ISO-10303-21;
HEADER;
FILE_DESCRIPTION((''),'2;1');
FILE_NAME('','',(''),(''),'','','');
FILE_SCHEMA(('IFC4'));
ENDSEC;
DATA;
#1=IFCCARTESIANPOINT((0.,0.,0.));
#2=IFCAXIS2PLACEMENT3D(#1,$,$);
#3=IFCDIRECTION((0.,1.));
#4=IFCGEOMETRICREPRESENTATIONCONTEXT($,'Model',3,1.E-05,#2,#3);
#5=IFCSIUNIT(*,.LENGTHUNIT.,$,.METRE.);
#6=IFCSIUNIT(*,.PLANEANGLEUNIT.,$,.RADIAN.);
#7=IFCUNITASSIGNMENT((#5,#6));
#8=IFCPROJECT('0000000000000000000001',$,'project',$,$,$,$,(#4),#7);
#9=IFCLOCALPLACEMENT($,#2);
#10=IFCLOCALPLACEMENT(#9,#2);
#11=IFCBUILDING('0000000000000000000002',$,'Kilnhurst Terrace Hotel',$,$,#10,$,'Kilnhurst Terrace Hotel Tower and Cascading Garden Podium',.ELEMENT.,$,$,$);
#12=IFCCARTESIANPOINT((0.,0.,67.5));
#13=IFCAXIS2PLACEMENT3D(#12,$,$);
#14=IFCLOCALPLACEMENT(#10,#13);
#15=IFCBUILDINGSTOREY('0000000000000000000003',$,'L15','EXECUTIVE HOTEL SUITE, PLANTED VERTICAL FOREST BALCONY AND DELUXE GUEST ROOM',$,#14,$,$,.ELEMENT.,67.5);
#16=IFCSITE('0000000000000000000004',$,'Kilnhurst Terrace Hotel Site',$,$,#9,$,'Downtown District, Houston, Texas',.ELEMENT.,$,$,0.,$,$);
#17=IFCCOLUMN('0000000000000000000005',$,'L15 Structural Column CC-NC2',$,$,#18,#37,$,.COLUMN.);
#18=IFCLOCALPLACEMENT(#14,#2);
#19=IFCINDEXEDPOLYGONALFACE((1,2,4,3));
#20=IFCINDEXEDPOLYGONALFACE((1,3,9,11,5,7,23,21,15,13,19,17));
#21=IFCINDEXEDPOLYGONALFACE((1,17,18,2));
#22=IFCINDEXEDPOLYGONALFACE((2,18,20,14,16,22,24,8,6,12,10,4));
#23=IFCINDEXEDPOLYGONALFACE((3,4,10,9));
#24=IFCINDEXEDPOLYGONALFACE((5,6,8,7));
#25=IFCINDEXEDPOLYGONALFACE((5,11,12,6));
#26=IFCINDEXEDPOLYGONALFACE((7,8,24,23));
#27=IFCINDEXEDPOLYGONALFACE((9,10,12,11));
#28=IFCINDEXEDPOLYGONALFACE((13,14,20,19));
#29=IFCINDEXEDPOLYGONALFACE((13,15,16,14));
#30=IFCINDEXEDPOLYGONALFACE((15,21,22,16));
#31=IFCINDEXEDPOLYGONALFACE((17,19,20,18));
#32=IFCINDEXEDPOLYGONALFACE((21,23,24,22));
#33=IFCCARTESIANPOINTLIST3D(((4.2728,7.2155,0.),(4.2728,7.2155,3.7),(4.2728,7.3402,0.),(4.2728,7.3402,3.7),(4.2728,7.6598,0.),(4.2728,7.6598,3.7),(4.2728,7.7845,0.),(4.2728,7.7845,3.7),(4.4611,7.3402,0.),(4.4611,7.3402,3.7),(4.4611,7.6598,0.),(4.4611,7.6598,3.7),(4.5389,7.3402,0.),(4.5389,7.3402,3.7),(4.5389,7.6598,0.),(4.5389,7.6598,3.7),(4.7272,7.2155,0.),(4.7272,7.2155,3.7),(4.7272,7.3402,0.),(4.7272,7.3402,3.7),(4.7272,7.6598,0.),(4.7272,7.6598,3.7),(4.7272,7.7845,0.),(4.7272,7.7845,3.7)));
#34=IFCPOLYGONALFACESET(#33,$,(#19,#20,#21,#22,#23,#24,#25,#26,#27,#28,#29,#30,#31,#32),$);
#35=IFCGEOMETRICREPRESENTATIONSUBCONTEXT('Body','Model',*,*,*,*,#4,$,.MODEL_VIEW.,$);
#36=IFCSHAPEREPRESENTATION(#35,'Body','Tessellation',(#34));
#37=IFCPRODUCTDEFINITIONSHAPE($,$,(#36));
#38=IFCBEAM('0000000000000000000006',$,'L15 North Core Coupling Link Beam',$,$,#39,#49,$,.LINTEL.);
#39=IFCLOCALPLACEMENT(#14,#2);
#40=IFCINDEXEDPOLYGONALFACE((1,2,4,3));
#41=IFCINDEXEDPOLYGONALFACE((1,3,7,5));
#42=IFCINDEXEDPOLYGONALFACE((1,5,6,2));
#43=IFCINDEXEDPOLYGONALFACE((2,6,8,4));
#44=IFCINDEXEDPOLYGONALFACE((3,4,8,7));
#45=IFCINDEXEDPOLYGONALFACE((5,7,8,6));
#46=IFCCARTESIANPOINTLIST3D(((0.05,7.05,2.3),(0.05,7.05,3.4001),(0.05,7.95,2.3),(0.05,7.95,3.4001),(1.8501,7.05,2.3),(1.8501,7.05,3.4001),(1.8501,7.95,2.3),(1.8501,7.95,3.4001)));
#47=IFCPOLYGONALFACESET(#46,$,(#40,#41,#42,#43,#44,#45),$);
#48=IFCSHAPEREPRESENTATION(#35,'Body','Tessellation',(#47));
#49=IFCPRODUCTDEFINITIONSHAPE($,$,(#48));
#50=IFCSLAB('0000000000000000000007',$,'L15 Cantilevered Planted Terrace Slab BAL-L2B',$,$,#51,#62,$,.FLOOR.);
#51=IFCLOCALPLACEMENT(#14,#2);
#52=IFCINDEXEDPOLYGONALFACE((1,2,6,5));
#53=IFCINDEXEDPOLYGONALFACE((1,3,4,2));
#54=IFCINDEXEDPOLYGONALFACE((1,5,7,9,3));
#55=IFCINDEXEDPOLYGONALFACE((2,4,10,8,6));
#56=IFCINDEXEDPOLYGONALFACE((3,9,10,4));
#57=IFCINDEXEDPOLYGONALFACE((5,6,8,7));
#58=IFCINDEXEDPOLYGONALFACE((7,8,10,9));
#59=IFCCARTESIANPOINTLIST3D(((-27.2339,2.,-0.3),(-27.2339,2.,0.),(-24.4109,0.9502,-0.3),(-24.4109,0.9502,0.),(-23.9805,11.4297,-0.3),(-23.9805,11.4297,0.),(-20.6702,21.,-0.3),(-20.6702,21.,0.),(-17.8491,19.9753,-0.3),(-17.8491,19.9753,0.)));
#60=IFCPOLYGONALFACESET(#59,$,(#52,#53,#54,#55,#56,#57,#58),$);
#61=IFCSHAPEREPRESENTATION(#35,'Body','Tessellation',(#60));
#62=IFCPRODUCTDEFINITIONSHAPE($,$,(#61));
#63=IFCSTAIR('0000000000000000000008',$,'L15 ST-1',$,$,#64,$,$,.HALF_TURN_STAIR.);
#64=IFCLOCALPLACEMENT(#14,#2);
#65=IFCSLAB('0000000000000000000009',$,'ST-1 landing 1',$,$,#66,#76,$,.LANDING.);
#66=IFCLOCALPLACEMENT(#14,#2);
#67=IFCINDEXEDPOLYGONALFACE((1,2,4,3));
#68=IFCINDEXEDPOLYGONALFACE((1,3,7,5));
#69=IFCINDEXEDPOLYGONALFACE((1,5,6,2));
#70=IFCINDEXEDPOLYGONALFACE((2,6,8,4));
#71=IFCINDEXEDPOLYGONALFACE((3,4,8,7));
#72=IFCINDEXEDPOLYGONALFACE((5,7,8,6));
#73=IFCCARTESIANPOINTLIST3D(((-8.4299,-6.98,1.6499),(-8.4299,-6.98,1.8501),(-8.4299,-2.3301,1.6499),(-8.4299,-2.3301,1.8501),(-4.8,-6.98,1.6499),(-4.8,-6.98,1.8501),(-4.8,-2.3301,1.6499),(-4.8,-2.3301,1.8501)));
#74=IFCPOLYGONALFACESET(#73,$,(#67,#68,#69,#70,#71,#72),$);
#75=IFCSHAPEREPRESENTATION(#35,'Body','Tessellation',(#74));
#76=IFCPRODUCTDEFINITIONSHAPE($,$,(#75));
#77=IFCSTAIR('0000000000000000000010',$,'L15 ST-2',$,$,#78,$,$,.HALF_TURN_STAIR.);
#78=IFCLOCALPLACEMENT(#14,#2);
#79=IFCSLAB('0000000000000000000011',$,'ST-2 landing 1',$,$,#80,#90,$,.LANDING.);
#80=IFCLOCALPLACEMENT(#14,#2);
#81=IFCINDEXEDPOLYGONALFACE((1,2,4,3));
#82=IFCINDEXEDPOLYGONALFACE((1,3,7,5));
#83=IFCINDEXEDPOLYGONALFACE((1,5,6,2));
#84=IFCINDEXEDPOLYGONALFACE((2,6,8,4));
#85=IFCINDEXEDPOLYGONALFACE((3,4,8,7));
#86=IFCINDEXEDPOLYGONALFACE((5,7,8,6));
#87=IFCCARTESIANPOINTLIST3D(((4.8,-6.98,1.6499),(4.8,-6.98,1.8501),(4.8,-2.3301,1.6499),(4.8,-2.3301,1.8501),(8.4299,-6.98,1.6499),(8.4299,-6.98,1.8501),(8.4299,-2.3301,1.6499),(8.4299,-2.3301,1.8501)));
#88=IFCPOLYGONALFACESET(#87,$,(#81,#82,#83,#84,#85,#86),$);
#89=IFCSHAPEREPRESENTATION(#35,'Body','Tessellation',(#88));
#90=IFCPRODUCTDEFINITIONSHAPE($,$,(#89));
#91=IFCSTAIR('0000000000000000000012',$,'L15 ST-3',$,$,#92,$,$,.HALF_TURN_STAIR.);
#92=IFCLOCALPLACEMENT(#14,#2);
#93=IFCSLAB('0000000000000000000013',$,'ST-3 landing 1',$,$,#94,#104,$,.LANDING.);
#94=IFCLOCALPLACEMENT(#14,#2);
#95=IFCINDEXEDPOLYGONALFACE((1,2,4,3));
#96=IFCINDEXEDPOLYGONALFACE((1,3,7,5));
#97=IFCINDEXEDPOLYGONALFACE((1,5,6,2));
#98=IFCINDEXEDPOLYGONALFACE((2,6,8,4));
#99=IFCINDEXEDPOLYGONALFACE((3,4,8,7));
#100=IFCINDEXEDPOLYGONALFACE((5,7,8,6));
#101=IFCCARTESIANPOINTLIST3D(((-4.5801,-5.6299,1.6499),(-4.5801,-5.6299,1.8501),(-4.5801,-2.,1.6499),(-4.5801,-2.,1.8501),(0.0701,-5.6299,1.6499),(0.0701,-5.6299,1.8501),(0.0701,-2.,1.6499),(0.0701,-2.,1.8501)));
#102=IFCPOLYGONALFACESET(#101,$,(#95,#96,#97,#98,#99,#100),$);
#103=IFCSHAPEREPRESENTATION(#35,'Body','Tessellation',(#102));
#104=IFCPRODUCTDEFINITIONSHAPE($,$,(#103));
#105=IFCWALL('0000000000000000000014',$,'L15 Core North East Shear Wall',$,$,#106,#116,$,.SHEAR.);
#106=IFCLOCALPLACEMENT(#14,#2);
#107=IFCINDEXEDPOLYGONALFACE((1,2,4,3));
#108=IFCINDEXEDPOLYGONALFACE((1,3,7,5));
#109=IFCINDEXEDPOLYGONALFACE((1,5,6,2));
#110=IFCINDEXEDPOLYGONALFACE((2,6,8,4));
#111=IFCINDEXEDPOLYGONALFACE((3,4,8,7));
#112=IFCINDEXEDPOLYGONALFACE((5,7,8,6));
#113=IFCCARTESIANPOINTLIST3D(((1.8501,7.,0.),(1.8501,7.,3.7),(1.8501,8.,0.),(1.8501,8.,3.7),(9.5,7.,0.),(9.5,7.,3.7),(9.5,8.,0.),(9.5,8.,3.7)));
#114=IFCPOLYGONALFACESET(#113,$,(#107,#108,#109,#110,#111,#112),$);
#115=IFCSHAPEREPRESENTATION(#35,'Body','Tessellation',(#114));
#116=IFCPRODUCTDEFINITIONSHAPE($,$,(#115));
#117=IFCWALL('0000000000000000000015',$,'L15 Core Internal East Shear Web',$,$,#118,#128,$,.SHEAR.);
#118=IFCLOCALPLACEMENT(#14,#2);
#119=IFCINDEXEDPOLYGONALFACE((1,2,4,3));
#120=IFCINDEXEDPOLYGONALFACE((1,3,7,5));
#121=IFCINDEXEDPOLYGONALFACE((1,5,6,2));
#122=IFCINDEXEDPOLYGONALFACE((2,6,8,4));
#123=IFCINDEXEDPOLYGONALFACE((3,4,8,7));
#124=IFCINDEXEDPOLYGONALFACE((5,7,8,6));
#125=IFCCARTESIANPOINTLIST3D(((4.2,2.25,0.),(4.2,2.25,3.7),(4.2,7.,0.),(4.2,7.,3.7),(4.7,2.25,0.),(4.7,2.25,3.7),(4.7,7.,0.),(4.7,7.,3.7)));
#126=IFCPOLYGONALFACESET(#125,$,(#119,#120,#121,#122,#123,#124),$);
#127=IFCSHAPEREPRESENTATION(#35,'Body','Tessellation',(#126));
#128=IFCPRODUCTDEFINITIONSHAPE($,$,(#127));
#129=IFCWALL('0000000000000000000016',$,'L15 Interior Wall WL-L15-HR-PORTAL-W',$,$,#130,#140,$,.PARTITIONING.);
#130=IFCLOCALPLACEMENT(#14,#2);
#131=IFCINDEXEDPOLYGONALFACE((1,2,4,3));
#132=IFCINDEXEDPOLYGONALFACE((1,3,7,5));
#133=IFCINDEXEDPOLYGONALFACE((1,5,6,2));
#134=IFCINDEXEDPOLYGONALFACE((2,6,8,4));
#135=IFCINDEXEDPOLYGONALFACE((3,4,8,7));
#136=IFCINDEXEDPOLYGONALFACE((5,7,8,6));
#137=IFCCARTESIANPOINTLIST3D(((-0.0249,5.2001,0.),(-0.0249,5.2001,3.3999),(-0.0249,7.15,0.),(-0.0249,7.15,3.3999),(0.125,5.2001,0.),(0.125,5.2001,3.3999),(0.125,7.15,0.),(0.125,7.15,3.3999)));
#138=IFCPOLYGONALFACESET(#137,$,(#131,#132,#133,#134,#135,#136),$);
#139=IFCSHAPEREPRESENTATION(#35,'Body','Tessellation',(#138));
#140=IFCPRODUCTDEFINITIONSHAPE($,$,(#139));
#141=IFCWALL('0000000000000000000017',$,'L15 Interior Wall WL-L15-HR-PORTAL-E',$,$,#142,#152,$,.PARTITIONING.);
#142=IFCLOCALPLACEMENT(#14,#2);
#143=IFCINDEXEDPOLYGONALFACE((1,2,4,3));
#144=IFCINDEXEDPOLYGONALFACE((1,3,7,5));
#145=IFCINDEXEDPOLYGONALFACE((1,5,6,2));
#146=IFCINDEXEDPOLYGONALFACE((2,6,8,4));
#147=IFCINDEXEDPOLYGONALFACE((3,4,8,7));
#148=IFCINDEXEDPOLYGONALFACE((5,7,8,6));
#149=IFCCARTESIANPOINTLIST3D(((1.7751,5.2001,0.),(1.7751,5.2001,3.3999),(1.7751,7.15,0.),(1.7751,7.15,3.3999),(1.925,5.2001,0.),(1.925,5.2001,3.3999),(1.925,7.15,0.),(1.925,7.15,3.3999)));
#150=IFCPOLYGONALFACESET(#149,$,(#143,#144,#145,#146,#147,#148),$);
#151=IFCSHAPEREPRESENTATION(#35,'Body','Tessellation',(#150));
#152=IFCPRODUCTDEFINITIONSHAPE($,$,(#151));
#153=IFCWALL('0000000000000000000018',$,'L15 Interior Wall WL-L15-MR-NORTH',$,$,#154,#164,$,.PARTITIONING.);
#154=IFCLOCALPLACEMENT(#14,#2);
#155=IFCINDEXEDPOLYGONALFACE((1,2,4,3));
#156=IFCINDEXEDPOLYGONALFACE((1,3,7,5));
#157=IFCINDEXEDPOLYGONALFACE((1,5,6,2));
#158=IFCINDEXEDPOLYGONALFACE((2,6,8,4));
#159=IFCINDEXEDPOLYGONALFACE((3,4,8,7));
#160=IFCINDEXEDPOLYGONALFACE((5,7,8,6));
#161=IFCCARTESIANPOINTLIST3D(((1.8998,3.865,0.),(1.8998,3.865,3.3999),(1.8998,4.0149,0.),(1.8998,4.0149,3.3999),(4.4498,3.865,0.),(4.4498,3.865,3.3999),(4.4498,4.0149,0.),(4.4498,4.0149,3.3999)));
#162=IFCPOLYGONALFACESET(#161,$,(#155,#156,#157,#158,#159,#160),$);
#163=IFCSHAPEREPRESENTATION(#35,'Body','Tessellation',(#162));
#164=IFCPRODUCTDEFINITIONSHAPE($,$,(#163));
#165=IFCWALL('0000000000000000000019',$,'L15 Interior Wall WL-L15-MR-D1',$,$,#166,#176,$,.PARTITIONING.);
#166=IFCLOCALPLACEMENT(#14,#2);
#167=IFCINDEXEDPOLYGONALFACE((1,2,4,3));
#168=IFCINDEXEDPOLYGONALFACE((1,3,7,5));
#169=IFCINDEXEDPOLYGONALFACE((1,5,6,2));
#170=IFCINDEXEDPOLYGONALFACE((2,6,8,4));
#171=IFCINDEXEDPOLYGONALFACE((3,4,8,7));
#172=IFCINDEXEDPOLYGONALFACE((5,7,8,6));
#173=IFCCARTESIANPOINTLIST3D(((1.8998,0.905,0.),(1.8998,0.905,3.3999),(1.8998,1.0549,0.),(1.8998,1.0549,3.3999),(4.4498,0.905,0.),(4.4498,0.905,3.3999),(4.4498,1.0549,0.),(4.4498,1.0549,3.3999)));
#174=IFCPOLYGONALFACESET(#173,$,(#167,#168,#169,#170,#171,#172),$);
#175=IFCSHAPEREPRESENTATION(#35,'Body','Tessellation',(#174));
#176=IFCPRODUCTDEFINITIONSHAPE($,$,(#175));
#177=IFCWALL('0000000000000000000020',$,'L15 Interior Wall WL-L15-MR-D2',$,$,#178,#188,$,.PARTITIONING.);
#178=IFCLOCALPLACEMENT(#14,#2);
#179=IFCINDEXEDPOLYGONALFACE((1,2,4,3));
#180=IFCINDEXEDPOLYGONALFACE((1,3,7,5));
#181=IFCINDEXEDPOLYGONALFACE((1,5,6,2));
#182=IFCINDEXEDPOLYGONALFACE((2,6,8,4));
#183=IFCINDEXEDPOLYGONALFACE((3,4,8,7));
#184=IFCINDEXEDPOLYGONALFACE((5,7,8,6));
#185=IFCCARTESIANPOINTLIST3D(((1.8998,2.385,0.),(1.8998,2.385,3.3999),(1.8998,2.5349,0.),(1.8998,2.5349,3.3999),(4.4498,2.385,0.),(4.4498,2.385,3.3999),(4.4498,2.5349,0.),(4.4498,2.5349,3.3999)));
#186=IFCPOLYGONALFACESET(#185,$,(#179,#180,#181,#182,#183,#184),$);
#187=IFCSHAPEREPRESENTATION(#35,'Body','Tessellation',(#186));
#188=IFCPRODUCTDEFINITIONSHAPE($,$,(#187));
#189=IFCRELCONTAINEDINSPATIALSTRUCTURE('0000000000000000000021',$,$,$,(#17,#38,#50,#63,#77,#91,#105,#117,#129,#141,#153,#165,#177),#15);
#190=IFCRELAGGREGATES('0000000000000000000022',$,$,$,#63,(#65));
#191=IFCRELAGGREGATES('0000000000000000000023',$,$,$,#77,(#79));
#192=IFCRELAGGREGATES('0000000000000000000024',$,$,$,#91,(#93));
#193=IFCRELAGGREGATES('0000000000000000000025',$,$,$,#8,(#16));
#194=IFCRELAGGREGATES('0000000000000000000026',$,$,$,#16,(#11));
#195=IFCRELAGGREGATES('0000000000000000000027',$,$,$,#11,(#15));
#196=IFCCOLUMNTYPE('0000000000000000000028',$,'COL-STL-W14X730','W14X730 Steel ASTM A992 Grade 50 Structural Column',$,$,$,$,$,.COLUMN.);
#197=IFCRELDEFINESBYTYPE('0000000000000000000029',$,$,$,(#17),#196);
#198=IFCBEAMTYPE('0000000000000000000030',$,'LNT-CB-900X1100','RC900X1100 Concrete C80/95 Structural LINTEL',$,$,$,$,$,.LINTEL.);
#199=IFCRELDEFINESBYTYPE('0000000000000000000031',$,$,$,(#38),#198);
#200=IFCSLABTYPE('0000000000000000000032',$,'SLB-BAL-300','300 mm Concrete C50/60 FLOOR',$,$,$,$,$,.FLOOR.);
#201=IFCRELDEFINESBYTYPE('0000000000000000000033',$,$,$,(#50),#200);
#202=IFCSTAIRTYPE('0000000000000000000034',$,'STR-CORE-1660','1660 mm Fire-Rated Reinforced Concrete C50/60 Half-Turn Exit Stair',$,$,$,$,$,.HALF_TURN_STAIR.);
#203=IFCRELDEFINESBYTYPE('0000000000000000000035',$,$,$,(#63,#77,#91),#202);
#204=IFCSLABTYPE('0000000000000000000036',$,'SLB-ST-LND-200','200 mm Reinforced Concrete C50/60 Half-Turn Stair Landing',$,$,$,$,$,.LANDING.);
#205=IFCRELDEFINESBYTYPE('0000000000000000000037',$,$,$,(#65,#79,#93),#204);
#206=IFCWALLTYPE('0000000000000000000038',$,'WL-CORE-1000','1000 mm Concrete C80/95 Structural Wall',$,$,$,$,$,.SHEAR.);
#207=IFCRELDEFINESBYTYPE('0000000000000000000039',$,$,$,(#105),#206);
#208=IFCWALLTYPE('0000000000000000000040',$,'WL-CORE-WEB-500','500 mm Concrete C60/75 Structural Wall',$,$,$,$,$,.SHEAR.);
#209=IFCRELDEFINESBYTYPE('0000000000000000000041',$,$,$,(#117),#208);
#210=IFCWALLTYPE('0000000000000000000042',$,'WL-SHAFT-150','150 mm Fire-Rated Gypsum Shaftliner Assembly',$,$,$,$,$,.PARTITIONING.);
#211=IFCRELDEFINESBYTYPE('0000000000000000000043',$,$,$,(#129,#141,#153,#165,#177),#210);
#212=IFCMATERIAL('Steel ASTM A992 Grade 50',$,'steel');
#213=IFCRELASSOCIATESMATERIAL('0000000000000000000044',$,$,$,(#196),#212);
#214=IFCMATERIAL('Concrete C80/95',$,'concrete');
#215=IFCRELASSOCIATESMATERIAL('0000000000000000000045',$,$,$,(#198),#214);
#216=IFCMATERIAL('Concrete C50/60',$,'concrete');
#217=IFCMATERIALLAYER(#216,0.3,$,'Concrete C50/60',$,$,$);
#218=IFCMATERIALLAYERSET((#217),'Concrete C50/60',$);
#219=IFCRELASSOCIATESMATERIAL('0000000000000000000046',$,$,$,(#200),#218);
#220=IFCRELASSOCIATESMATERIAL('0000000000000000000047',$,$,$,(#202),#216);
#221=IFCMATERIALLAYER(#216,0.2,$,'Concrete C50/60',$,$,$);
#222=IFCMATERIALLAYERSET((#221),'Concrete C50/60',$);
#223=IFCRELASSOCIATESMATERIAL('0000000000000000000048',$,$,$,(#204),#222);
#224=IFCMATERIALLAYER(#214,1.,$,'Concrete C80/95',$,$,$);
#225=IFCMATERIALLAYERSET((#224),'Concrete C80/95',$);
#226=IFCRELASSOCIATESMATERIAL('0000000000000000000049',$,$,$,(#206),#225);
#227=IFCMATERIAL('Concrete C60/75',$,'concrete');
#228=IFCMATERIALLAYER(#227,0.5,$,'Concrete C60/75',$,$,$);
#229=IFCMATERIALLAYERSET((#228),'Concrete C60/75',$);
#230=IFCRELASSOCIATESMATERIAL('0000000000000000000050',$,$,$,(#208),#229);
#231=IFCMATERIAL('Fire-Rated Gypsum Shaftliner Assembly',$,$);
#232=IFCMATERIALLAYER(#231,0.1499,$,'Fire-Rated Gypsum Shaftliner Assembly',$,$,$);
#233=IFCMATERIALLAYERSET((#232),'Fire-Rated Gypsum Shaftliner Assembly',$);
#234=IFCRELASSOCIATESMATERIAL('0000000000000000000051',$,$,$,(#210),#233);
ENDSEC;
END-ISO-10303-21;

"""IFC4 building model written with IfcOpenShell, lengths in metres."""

from ifc_helpers import new_model, si_unit, direction, frame, frame_2d, origin, origin_2d, place, context, subcontext, project, spatial, polyline, rectangle, i_section, outline, extrude, material, layer, layer_set, material_profile, profile_set, type_object, element, aggregate, save


model = new_model("IFC4")

# Units and contexts
model_context = context("Model", 3, precision=1e-05, world=origin(), true_north=direction((0.0, 1.0)))
body_context = subcontext(model_context, "Body", "Model", "MODEL_VIEW")
ifc_project = project(units=[si_unit("LENGTHUNIT", "METRE"), si_unit("PLANEANGLEUNIT", "RADIAN")], contexts=[model_context])

# Site, building, storey
site_placement = place(None, origin())
site = spatial("IfcSite", under=ifc_project, at=site_placement, Name="Kilnhurst Terrace Hotel Site", LongName="Downtown District, Houston, Texas", CompositionType="ELEMENT", RefElevation=0.0)
building_placement = place(site_placement, origin())
building = spatial("IfcBuilding", under=site, at=building_placement, Name="Kilnhurst Terrace Hotel", LongName="Kilnhurst Terrace Hotel Tower and Cascading Garden Podium", CompositionType="ELEMENT")
storey_placement = place(building_placement, frame((0.0, 0.0, 67.5)))
storey = spatial("IfcBuildingStorey", under=building, at=storey_placement, Name="L15", Description="EXECUTIVE HOTEL SUITE, PLANTED VERTICAL FOREST BALCONY AND DELUXE GUEST ROOM", CompositionType="ELEMENT", Elevation=67.5)

# Column
ifc_material_1 = material(Name="Steel ASTM A992 Grade 50", Category="steel")
ifc_material_profile_1 = material_profile(ifc_material_1, i_section(OverallWidth=0.4543, OverallDepth=0.5691, WebThickness=0.0779, FlangeThickness=0.1248, at=origin_2d()), Name="W14X730")
ifc_profile_set_1 = profile_set([ifc_material_profile_1], Name="Steel ASTM A992 Grade 50")
column_type = type_object("IfcColumnType", Name="COL-STL-W14X730", Description="W14X730 Steel ASTM A992 Grade 50 Structural Column", PredefinedType="COLUMN", material=ifc_profile_set_1)
column_placement = place(storey_placement, frame((4.5, 7.5, 0.0), z_axis=(0.0, 0.0, 1.0), x_axis=(1.0, 0.0, 0.0)))
element("IfcColumn", 1, at=column_placement, inside=storey, type_object=column_type, Name="L15 Structural Column CC-NC2", PredefinedType="COLUMN", context=body_context, shape_type="SweptSolid", body=[
    extrude(i_section(OverallWidth=0.4543, OverallDepth=0.5691, WebThickness=0.0779, FlangeThickness=0.1248, at=origin_2d()), origin(), (0.0, 0.0, 1.0), 3.7),
])

# Beam
ifc_material_2 = material(Name="Concrete C80/95", Category="concrete")
ifc_material_profile_2 = material_profile(ifc_material_2, rectangle(XDim=0.8999, YDim=1.1001, at=origin_2d()), Name="RC900X1100")
ifc_profile_set_2 = profile_set([ifc_material_profile_2], Name="Concrete C80/95")
beam_type = type_object("IfcBeamType", Name="LNT-CB-900X1100", Description="RC900X1100 Concrete C80/95 Structural LINTEL", PredefinedType="LINTEL", material=ifc_profile_set_2)
beam_placement = place(storey_placement, frame((0.05, 7.5, 2.8501), z_axis=(1.0, 0.0, 0.0), x_axis=(0.0, 1.0, 0.0)))
element("IfcBeam", 2, at=beam_placement, inside=storey, type_object=beam_type, Name="L15 North Core Coupling Link Beam", PredefinedType="LINTEL", context=body_context, shape_type="SweptSolid", body=[
    extrude(rectangle(XDim=0.8999, YDim=1.1001, at=origin_2d()), origin(), (0.0, 0.0, 1.0), 1.8),
])

# Slab
ifc_material_3 = material(Name="Concrete C50/60", Category="concrete")
ifc_layer_1 = layer(ifc_material_3, 0.3, Name="Concrete C50/60")
ifc_layer_set_1 = layer_set([ifc_layer_1], Name="Concrete C50/60")
slab_type_1 = type_object("IfcSlabType", Name="SLB-BAL-300", Description="300 mm Concrete C50/60 FLOOR", PredefinedType="FLOOR", material=ifc_layer_set_1)
slab_1_placement = place(storey_placement, frame((0.0, 0.0, -0.3)))
element("IfcSlab", 3, at=slab_1_placement, inside=storey, type_object=slab_type_1, Name="L15 Cantilevered Planted Terrace Slab BAL-L2B", PredefinedType="FLOOR", context=body_context, shape_type="SweptSolid", body=[
    extrude(outline(polyline([(-20.6702, 21.0), (-17.8491, 19.9753), (-24.4109, 0.9502), (-27.2339, 2.0), (-23.9805, 11.4297), (-20.6702, 21.0)])), origin(), (0.0, 0.0, 1.0), 0.3),
])

# Stairs, slabs
stair_type = type_object("IfcStairType", Name="STR-CORE-1660", Description="1660 mm Fire-Rated Reinforced Concrete C50/60 Half-Turn Exit Stair", PredefinedType="HALF_TURN_STAIR", material=ifc_material_3)
stair_1_placement = place(storey_placement, origin())
stair_1 = element("IfcStair", 4, at=stair_1_placement, inside=storey, type_object=stair_type, Name="L15 ST-1", PredefinedType="HALF_TURN_STAIR")
ifc_layer_2 = layer(ifc_material_3, 0.2, Name="Concrete C50/60")
ifc_layer_set_2 = layer_set([ifc_layer_2], Name="Concrete C50/60")
slab_type_2 = type_object("IfcSlabType", Name="SLB-ST-LND-200", Description="200 mm Reinforced Concrete C50/60 Half-Turn Stair Landing", PredefinedType="LANDING", material=ifc_layer_set_2)
slab_2_placement = place(storey_placement, frame((0.0, 0.0, 1.6499)))
slab_2 = element("IfcSlab", 5, at=slab_2_placement, type_object=slab_type_2, Name="ST-1 landing 1", PredefinedType="LANDING", context=body_context, shape_type="SweptSolid", body=[
    extrude(outline(polyline([(-8.4299, -2.3301), (-4.8, -2.3301), (-4.8, -6.98), (-8.4299, -6.98), (-8.4299, -2.3301)])), origin(), (0.0, 0.0, 1.0), 0.2002),
])
aggregate(stair_1, [slab_2])
stair_2_placement = place(storey_placement, origin())
stair_2 = element("IfcStair", 6, at=stair_2_placement, inside=storey, type_object=stair_type, Name="L15 ST-2", PredefinedType="HALF_TURN_STAIR")
slab_3_placement = place(storey_placement, frame((0.0, 0.0, 1.6499)))
slab_3 = element("IfcSlab", 7, at=slab_3_placement, type_object=slab_type_2, Name="ST-2 landing 1", PredefinedType="LANDING", context=body_context, shape_type="SweptSolid", body=[
    extrude(outline(polyline([(4.8, -2.3301), (8.4299, -2.3301), (8.4299, -6.98), (4.8, -6.98), (4.8, -2.3301)])), origin(), (0.0, 0.0, 1.0), 0.2002),
])
aggregate(stair_2, [slab_3])
stair_3_placement = place(storey_placement, origin())
stair_3 = element("IfcStair", 8, at=stair_3_placement, inside=storey, type_object=stair_type, Name="L15 ST-3", PredefinedType="HALF_TURN_STAIR")
slab_4_placement = place(storey_placement, frame((0.0, 0.0, 1.6499)))
slab_4 = element("IfcSlab", 9, at=slab_4_placement, type_object=slab_type_2, Name="ST-3 landing 1", PredefinedType="LANDING", context=body_context, shape_type="SweptSolid", body=[
    extrude(outline(polyline([(0.0701, -2.0), (0.0701, -5.6299), (-4.5801, -5.6299), (-4.5801, -2.0), (0.0701, -2.0)])), origin(), (0.0, 0.0, 1.0), 0.2002),
])
aggregate(stair_3, [slab_4])

# Walls
ifc_layer_3 = layer(ifc_material_2, 1.0, Name="Concrete C80/95")
ifc_layer_set_3 = layer_set([ifc_layer_3], Name="Concrete C80/95")
wall_type_1 = type_object("IfcWallType", Name="WL-CORE-1000", Description="1000 mm Concrete C80/95 Structural Wall", PredefinedType="SHEAR", material=ifc_layer_set_3)
wall_1_placement = place(storey_placement, frame((1.8501, 7.5, 0.0), z_axis=(0.0, 0.0, 1.0), x_axis=(1.0, 0.0, 0.0)))
element("IfcWall", 10, at=wall_1_placement, inside=storey, type_object=wall_type_1, Name="L15 Core North East Shear Wall", PredefinedType="SHEAR", context=body_context, shape_type="SweptSolid", body=[
    extrude(rectangle(XDim=7.6499, YDim=1.0, at=frame_2d((3.825, 0.0))), origin(), (0.0, 0.0, 1.0), 3.7),
])
ifc_material_4 = material(Name="Concrete C60/75", Category="concrete")
ifc_layer_4 = layer(ifc_material_4, 0.5, Name="Concrete C60/75")
ifc_layer_set_4 = layer_set([ifc_layer_4], Name="Concrete C60/75")
wall_type_2 = type_object("IfcWallType", Name="WL-CORE-WEB-500", Description="500 mm Concrete C60/75 Structural Wall", PredefinedType="SHEAR", material=ifc_layer_set_4)
wall_2_placement = place(storey_placement, frame((4.45, 2.25, 0.0), z_axis=(0.0, 0.0, 1.0), x_axis=(0.0, 1.0, 0.0)))
element("IfcWall", 11, at=wall_2_placement, inside=storey, type_object=wall_type_2, Name="L15 Core Internal East Shear Web", PredefinedType="SHEAR", context=body_context, shape_type="SweptSolid", body=[
    extrude(rectangle(XDim=4.75, YDim=0.5, at=frame_2d((2.375, 0.0))), origin(), (0.0, 0.0, 1.0), 3.7),
])
ifc_material_5 = material(Name="Fire-Rated Gypsum Shaftliner Assembly")
ifc_layer_5 = layer(ifc_material_5, 0.1499, Name="Fire-Rated Gypsum Shaftliner Assembly")
ifc_layer_set_5 = layer_set([ifc_layer_5], Name="Fire-Rated Gypsum Shaftliner Assembly")
wall_type_3 = type_object("IfcWallType", Name="WL-SHAFT-150", Description="150 mm Fire-Rated Gypsum Shaftliner Assembly", PredefinedType="PARTITIONING", material=ifc_layer_set_5)
for number, where, z_axis, x_axis, name in (
    (12, (0.05, 5.2, 0.0), (0.0, 0.0, 1.0), (0.0, 1.0, 0.0), "L15 Interior Wall WL-L15-HR-PORTAL-W"),
    (13, (1.8501, 5.2, 0.0), (0.0, 0.0, 1.0), (0.0, 1.0, 0.0), "L15 Interior Wall WL-L15-HR-PORTAL-E"),
):
    element("IfcWall", number, at=place(storey_placement, frame(where, z_axis=z_axis, x_axis=x_axis)), inside=storey, type_object=wall_type_3, Name=name, PredefinedType="PARTITIONING", context=body_context, shape_type="SweptSolid", body=[
        extrude(rectangle(XDim=1.95, YDim=0.1499, at=frame_2d((0.9751, 0.0))), origin(), (0.0, 0.0, 1.0), 3.3999),
    ])
for number, where, z_axis, x_axis, name in (
    (14, (1.8999, 3.9399, 0.0), (0.0, 0.0, 1.0), (1.0, 0.0, 0.0), "L15 Interior Wall WL-L15-MR-NORTH"),
    (15, (1.8999, 0.98, 0.0), (0.0, 0.0, 1.0), (1.0, 0.0, 0.0), "L15 Interior Wall WL-L15-MR-D1"),
    (16, (1.8999, 2.46, 0.0), (0.0, 0.0, 1.0), (1.0, 0.0, 0.0), "L15 Interior Wall WL-L15-MR-D2"),
):
    element("IfcWall", number, at=place(storey_placement, frame(where, z_axis=z_axis, x_axis=x_axis)), inside=storey, type_object=wall_type_3, Name=name, PredefinedType="PARTITIONING", context=body_context, shape_type="SweptSolid", body=[
        extrude(rectangle(XDim=2.55, YDim=0.1499, at=frame_2d((1.2749, 0.0))), origin(), (0.0, 0.0, 1.0), 3.3999),
    ])

save(model, "model.ifc")
